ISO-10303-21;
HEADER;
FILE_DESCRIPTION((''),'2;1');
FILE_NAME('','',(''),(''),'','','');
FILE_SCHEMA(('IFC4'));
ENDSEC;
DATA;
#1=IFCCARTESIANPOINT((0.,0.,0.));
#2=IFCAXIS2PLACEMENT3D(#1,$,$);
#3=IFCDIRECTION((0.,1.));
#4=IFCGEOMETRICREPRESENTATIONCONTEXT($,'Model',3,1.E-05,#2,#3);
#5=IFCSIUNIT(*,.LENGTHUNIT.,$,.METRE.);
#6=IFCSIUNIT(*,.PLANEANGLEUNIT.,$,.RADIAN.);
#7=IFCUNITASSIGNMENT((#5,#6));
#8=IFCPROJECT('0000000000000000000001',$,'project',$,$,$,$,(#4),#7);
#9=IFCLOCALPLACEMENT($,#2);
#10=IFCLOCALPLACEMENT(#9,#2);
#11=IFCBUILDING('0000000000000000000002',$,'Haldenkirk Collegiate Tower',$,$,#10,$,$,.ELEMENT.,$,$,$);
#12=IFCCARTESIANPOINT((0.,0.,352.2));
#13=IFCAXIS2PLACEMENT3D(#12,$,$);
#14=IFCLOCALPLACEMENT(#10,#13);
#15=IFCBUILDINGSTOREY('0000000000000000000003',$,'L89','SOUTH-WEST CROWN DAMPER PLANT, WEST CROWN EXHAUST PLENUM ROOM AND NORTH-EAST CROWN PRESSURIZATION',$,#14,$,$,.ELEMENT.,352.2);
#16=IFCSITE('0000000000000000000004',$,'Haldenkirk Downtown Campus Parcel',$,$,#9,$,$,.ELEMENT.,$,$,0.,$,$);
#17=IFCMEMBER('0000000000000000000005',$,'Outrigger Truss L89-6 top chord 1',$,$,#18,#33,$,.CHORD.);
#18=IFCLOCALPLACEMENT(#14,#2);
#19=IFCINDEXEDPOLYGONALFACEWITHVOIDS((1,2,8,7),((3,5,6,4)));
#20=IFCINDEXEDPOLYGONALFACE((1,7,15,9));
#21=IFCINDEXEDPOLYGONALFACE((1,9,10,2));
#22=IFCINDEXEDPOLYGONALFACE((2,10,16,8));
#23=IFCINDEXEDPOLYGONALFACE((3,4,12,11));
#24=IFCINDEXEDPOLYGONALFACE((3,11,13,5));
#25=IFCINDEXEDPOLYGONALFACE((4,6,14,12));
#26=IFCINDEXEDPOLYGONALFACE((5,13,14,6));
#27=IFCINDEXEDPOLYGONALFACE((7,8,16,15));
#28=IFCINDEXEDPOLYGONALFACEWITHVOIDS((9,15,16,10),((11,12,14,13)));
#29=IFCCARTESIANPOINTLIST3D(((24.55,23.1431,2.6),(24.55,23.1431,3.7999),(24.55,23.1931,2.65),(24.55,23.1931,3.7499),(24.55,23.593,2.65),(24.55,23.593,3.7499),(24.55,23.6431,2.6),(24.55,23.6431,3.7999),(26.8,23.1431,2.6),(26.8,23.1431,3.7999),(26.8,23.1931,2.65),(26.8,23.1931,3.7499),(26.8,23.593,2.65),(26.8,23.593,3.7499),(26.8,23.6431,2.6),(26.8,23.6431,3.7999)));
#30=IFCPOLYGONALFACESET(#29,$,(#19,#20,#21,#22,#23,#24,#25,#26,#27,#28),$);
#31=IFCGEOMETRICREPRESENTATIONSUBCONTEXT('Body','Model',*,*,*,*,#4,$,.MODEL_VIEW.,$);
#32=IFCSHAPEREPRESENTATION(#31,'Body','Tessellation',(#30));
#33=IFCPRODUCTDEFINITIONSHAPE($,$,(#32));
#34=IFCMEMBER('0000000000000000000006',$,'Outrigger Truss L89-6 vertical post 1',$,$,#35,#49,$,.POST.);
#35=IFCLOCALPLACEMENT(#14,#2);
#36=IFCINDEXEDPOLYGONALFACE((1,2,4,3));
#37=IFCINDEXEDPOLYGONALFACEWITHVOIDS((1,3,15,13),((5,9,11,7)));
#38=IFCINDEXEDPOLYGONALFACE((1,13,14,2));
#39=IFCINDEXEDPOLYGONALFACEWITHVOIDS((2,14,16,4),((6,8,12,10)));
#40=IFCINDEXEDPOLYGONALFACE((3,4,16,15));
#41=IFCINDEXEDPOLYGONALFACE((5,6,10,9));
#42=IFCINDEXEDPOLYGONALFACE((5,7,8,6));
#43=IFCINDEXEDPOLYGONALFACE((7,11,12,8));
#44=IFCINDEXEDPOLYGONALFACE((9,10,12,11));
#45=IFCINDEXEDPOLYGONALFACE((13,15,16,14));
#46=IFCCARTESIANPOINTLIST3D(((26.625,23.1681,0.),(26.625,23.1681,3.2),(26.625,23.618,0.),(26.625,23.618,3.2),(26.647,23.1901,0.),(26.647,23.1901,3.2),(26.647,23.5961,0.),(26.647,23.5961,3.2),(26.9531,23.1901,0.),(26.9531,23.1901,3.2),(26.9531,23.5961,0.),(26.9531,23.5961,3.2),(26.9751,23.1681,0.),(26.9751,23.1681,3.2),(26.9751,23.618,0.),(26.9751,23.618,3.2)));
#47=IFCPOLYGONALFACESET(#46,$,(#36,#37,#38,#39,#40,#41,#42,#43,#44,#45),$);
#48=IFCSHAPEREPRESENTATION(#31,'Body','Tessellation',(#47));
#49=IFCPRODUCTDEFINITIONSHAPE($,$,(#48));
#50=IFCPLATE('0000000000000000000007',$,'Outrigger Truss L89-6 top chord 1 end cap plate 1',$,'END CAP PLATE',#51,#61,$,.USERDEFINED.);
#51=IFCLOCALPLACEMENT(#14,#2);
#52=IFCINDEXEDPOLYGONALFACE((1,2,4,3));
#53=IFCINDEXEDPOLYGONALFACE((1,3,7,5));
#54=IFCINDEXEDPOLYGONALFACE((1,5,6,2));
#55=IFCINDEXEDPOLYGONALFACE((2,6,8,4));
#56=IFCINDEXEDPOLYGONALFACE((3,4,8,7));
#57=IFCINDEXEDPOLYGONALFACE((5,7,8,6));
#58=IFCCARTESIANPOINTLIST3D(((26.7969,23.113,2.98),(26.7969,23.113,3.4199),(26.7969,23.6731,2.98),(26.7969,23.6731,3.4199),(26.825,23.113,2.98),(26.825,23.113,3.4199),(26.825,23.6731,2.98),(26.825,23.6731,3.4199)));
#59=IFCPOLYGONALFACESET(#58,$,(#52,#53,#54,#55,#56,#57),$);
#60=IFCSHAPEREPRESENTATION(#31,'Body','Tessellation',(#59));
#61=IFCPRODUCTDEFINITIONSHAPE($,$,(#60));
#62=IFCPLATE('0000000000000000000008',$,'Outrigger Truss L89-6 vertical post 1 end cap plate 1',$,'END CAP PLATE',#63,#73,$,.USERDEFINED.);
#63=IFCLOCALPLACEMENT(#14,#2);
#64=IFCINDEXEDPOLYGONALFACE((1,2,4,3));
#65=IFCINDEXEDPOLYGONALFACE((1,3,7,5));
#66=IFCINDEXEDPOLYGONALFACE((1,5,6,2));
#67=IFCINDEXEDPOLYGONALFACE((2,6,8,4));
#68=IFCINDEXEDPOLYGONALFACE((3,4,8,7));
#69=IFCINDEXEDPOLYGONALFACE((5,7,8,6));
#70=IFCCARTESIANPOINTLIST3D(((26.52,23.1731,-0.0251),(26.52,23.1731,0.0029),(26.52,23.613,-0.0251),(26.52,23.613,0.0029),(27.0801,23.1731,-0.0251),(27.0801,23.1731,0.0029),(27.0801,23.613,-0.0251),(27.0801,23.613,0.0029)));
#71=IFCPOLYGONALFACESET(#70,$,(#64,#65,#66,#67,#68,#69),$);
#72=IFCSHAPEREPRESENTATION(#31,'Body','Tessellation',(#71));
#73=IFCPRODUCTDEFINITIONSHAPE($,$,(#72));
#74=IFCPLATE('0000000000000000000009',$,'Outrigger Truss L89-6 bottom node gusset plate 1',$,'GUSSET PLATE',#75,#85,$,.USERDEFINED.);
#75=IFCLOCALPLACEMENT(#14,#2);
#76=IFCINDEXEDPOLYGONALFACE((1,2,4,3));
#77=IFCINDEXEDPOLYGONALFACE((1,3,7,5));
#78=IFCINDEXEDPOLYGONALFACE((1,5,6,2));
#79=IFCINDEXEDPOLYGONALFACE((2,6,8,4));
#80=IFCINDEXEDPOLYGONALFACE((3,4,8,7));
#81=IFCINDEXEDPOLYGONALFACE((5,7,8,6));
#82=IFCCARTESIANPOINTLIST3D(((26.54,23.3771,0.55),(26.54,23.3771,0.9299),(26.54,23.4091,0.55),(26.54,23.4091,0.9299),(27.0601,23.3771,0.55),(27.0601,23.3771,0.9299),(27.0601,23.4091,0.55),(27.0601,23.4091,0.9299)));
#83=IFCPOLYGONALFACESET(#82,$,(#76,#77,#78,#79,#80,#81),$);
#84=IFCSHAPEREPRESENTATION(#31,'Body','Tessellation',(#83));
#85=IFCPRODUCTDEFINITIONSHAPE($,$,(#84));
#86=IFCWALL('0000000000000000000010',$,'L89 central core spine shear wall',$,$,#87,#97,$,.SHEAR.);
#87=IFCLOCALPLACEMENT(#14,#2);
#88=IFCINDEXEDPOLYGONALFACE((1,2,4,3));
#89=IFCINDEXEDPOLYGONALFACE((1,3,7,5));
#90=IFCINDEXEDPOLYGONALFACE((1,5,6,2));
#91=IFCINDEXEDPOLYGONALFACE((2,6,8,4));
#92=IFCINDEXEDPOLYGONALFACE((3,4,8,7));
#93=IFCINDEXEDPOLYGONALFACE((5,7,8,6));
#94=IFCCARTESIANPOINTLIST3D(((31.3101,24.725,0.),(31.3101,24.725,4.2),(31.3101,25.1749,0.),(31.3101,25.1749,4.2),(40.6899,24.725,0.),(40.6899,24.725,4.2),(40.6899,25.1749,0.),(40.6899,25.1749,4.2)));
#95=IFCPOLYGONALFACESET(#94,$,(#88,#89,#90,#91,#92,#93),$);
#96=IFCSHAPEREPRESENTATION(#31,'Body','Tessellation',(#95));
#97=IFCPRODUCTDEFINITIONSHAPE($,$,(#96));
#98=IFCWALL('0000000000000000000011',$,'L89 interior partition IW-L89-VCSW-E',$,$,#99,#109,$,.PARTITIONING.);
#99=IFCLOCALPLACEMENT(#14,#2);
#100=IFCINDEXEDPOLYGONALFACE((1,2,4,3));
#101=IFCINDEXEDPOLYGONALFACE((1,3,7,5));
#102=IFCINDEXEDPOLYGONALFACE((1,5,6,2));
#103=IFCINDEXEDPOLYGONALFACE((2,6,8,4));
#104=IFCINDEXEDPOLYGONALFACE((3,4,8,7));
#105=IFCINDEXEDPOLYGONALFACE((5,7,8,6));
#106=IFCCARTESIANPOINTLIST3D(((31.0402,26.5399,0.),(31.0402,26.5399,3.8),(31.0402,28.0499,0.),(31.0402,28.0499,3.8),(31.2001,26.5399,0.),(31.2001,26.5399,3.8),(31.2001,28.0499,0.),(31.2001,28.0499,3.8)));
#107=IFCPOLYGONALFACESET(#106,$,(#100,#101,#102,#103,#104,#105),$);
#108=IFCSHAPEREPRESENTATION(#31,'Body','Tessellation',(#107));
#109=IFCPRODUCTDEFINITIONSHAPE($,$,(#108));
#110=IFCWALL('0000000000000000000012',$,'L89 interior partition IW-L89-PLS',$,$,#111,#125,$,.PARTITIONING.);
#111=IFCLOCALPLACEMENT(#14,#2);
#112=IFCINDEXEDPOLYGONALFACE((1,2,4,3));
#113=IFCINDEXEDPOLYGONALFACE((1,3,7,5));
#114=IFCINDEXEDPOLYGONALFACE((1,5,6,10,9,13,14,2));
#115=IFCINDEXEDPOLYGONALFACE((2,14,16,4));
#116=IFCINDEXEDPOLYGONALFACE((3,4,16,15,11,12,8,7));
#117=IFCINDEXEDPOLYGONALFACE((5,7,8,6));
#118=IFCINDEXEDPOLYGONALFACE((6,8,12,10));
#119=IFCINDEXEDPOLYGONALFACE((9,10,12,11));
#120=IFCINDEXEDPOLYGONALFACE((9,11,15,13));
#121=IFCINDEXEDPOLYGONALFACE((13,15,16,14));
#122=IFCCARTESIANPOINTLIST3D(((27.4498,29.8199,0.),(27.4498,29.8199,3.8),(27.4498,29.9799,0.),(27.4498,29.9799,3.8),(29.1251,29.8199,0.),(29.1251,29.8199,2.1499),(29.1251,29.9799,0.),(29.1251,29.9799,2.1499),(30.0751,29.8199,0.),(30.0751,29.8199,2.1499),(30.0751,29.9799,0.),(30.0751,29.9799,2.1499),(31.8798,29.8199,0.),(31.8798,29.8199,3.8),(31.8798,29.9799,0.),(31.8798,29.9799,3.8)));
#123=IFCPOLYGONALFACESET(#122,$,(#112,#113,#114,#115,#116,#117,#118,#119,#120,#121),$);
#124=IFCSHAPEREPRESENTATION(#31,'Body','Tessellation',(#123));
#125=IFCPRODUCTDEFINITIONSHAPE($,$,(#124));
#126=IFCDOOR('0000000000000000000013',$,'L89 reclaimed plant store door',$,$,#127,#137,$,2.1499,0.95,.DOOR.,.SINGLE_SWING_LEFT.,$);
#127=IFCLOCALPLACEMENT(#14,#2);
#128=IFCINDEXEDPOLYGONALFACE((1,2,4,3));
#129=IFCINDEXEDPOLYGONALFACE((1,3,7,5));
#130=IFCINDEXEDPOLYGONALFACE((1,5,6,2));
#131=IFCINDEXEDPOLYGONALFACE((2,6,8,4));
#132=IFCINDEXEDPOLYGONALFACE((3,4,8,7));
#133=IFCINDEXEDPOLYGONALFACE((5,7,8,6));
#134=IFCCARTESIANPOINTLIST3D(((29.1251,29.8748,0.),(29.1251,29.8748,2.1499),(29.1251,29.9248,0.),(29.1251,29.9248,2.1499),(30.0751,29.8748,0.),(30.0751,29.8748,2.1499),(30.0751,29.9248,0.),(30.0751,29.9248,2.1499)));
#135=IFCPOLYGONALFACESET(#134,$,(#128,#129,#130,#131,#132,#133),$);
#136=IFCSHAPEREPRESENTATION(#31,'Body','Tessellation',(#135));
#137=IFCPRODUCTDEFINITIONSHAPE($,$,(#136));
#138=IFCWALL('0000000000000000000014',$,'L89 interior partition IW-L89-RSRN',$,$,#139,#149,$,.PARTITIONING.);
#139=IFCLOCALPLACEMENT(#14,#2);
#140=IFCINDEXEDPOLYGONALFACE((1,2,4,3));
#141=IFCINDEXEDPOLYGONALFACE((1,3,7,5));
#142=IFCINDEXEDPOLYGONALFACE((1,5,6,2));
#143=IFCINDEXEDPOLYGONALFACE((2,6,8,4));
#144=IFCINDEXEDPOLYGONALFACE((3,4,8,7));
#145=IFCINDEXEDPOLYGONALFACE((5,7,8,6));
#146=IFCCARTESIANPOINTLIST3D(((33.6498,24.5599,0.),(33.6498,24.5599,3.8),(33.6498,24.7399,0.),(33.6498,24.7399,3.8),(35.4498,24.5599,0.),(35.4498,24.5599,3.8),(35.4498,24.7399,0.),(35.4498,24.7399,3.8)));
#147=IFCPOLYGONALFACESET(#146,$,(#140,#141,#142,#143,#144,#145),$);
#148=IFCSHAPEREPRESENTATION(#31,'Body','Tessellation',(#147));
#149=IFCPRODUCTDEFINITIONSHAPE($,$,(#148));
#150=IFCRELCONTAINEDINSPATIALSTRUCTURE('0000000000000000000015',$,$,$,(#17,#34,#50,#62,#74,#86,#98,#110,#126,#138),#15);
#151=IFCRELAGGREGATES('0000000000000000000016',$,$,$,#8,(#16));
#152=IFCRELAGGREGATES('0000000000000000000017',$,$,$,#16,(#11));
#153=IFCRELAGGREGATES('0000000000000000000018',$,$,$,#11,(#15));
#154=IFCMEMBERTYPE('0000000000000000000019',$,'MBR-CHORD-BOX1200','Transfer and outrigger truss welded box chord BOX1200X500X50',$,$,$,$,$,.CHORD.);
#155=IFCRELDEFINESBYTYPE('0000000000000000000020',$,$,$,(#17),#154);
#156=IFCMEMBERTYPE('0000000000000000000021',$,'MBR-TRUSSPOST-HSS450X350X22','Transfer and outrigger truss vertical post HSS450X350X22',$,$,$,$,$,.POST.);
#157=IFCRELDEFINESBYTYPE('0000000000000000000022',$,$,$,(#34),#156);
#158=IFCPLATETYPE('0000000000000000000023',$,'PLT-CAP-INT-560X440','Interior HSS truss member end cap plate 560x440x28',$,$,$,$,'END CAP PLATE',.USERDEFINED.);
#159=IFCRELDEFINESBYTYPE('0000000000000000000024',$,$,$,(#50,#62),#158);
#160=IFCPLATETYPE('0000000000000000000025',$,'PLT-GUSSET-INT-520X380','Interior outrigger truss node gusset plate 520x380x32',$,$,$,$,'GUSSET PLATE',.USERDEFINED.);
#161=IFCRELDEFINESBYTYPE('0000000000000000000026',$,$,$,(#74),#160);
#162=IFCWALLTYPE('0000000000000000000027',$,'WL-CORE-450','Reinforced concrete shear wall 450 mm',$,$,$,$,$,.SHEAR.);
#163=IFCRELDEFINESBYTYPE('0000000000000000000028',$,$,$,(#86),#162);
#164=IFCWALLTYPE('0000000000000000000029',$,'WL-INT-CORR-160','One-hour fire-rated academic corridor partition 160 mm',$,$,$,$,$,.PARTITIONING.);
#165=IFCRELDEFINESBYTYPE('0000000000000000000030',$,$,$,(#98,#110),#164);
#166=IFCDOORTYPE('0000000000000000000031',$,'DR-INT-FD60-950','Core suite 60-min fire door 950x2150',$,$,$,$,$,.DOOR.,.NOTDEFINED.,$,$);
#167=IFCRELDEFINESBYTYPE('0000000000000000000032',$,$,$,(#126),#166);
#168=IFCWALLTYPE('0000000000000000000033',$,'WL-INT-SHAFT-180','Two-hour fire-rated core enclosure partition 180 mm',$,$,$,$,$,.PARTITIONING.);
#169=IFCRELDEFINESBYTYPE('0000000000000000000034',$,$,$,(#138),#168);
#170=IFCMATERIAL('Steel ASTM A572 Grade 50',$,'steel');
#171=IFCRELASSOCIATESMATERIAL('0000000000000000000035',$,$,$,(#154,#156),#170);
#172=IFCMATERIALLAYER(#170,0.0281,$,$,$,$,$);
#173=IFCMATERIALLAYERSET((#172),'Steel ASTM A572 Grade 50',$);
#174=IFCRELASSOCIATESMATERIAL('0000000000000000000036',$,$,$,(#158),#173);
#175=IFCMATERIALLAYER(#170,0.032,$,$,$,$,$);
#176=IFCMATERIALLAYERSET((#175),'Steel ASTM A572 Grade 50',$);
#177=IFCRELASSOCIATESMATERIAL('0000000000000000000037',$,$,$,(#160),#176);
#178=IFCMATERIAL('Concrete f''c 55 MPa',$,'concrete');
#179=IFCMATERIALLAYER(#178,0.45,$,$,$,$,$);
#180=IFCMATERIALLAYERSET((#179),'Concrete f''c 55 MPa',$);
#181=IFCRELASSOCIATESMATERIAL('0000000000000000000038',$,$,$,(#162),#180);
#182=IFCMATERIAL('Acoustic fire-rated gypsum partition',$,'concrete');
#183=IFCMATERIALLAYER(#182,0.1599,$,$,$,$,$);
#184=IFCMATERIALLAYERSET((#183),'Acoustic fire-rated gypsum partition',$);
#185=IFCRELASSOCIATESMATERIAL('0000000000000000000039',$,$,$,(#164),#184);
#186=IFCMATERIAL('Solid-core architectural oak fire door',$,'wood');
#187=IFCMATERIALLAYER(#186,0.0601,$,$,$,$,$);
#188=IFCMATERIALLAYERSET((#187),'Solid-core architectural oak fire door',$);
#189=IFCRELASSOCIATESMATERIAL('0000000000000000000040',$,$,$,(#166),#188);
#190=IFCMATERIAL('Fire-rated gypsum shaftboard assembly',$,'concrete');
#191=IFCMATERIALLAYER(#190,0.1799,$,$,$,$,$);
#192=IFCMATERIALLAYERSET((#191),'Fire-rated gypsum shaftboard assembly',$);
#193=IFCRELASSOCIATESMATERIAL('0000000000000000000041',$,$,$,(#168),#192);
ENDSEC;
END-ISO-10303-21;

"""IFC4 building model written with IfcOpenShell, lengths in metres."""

from ifc_helpers import new_model, si_unit, direction, frame, frame_2d, origin, origin_2d, place, context, subcontext, project, spatial, rectangle, hollow_rectangle, extrude, source, transform, mapped, material, layer, layer_set, material_profile, profile_set, type_object, element, fill, save


model = new_model("IFC4")

# Units and contexts
model_context = context("Model", 3, precision=1e-05, world=origin(), true_north=direction((0.0, 1.0)))
body_context = subcontext(model_context, "Body", "Model", "MODEL_VIEW")
ifc_project = project(units=[si_unit("LENGTHUNIT", "METRE"), si_unit("PLANEANGLEUNIT", "RADIAN")], contexts=[model_context])

# Site, building, storey
site_placement = place(None, origin())
site = spatial("IfcSite", under=ifc_project, at=site_placement, Name="Haldenkirk Downtown Campus Parcel", CompositionType="ELEMENT", RefElevation=0.0)
building_placement = place(site_placement, origin())
building = spatial("IfcBuilding", under=site, at=building_placement, Name="Haldenkirk Collegiate Tower", CompositionType="ELEMENT")
storey_placement = place(building_placement, frame((0.0, 0.0, 352.2)))
storey = spatial("IfcBuildingStorey", under=building, at=storey_placement, Name="L89", Description="SOUTH-WEST CROWN DAMPER PLANT, WEST CROWN EXHAUST PLENUM ROOM AND NORTH-EAST CROWN PRESSURIZATION", CompositionType="ELEMENT", Elevation=352.2)

# Members
ifc_material_1 = material(Name="Steel ASTM A572 Grade 50", Category="steel")
ifc_material_profile_1 = material_profile(ifc_material_1, hollow_rectangle(XDim=0.5, YDim=1.2, WallThickness=0.05, at=origin_2d()), Name="BOX1200X500X50")
ifc_profile_set_1 = profile_set([ifc_material_profile_1], Name="Steel ASTM A572 Grade 50")
member_type_1 = type_object("IfcMemberType", Name="MBR-CHORD-BOX1200", Description="Transfer and outrigger truss welded box chord BOX1200X500X50", PredefinedType="CHORD", material=ifc_profile_set_1)
member_1_placement = place(storey_placement, frame((26.8, 23.3931, 3.2), z_axis=(-1.0, 0.0, 0.0), x_axis=(0.0, -1.0, 0.0)))
element("IfcMember", 1, at=member_1_placement, inside=storey, type_object=member_type_1, Name="Outrigger Truss L89-6 top chord 1", PredefinedType="CHORD", context=body_context, shape_type="SweptSolid", body=[
    extrude(hollow_rectangle(XDim=0.5, YDim=1.2, WallThickness=0.05, at=origin_2d()), origin(), (0.0, 0.0, 1.0), 2.25),
])
ifc_material_profile_2 = material_profile(ifc_material_1, hollow_rectangle(XDim=0.3501, YDim=0.45, WallThickness=0.022, at=origin_2d()), Name="HSS450X350X22")
ifc_profile_set_2 = profile_set([ifc_material_profile_2], Name="Steel ASTM A572 Grade 50")
member_type_2 = type_object("IfcMemberType", Name="MBR-TRUSSPOST-HSS450X350X22", Description="Transfer and outrigger truss vertical post HSS450X350X22", PredefinedType="POST", material=ifc_profile_set_2)
member_2_placement = place(storey_placement, frame((26.8, 23.3931, 0.0), z_axis=(0.0, 0.0, 1.0), x_axis=(1.0, 0.0, 0.0)))
element("IfcMember", 2, at=member_2_placement, inside=storey, type_object=member_type_2, Name="Outrigger Truss L89-6 vertical post 1", PredefinedType="POST", context=body_context, shape_type="SweptSolid", body=[
    extrude(hollow_rectangle(XDim=0.3501, YDim=0.45, WallThickness=0.022, at=origin_2d()), origin(), (0.0, 0.0, 1.0), 3.2),
])

# Plates
ifc_layer_1 = layer(ifc_material_1, 0.0281)
ifc_layer_set_1 = layer_set([ifc_layer_1], Name="Steel ASTM A572 Grade 50")
plate_type_1 = type_object("IfcPlateType", Name="PLT-CAP-INT-560X440", Description="Interior HSS truss member end cap plate 560x440x28", ElementType="END CAP PLATE", PredefinedType="USERDEFINED", material=ifc_layer_set_1)
shared_shape_1 = source(origin(), body_context, "Body", "SweptSolid", [
    extrude(rectangle(XDim=0.5601, YDim=0.4399, at=origin_2d()), origin(), (0.0, 0.0, 1.0), 0.0281),
])
for number, where, z_axis, x_axis, name in (
    (3, (26.7969, 23.3931, 3.2), (1.0, 0.0, 0.0), (0.0, 1.0, 0.0), "Outrigger Truss L89-6 top chord 1 end cap plate 1"),
    (4, (26.8, 23.3931, 0.0029), (0.0, 0.0, -1.0), (1.0, 0.0, 0.0), "Outrigger Truss L89-6 vertical post 1 end cap plate 1"),
):
    element("IfcPlate", number, at=place(storey_placement, frame(where, z_axis=z_axis, x_axis=x_axis)), inside=storey, type_object=plate_type_1, Name=name, ObjectType="END CAP PLATE", PredefinedType="USERDEFINED", context=body_context, shape_type="MappedRepresentation", body=[
        mapped(shared_shape_1, transform((0.0, 0.0, 0.0), x_axis=(1.0, 0.0, 0.0), y_axis=(0.0, 1.0, 0.0), z_axis=(0.0, 0.0, 1.0), scale=1.0)),
    ])
ifc_layer_2 = layer(ifc_material_1, 0.032)
ifc_layer_set_2 = layer_set([ifc_layer_2], Name="Steel ASTM A572 Grade 50")
plate_type_2 = type_object("IfcPlateType", Name="PLT-GUSSET-INT-520X380", Description="Interior outrigger truss node gusset plate 520x380x32", ElementType="GUSSET PLATE", PredefinedType="USERDEFINED", material=ifc_layer_set_2)
shared_shape_2 = source(origin(), body_context, "Body", "SweptSolid", [
    extrude(rectangle(XDim=0.52, YDim=0.032, at=origin_2d()), origin(), (0.0, 0.0, 1.0), 0.3799),
])
plate_placement = place(storey_placement, frame((26.8, 23.3931, 0.55), z_axis=(0.0, 0.0, 1.0), x_axis=(-1.0, 0.0, 0.0)))
element("IfcPlate", 5, at=plate_placement, inside=storey, type_object=plate_type_2, Name="Outrigger Truss L89-6 bottom node gusset plate 1", ObjectType="GUSSET PLATE", PredefinedType="USERDEFINED", context=body_context, shape_type="MappedRepresentation", body=[
    mapped(shared_shape_2, transform((0.0, 0.0, 0.0), x_axis=(1.0, 0.0, 0.0), y_axis=(0.0, 1.0, 0.0), z_axis=(0.0, 0.0, 1.0), scale=1.0)),
])

# Wall
ifc_material_2 = material(Name="Concrete f'c 55 MPa", Category="concrete")
ifc_layer_3 = layer(ifc_material_2, 0.45)
ifc_layer_set_3 = layer_set([ifc_layer_3], Name="Concrete f'c 55 MPa")
wall_type_1 = type_object("IfcWallType", Name="WL-CORE-450", Description="Reinforced concrete shear wall 450 mm", PredefinedType="SHEAR", material=ifc_layer_set_3)
wall_1_placement = place(storey_placement, frame((31.3101, 24.95, 0.0), z_axis=(0.0, 0.0, 1.0), x_axis=(1.0, 0.0, 0.0)))
element("IfcWall", 6, at=wall_1_placement, inside=storey, type_object=wall_type_1, Name="L89 central core spine shear wall", PredefinedType="SHEAR", context=body_context, shape_type="SweptSolid", body=[
    extrude(rectangle(XDim=9.3799, YDim=0.45, at=frame_2d((4.6899, 0.0))), origin(), (0.0, 0.0, 1.0), 4.2),
])

# Shared definitions
ifc_material_3 = material(Name="Acoustic fire-rated gypsum partition", Category="concrete")
ifc_layer_4 = layer(ifc_material_3, 0.1599)
ifc_layer_set_4 = layer_set([ifc_layer_4], Name="Acoustic fire-rated gypsum partition")
wall_type_2 = type_object("IfcWallType", Name="WL-INT-CORR-160", Description="One-hour fire-rated academic corridor partition 160 mm", PredefinedType="PARTITIONING", material=ifc_layer_set_4)
ifc_material_4 = material(Name="Solid-core architectural oak fire door", Category="wood")
ifc_layer_5 = layer(ifc_material_4, 0.0601)
ifc_layer_set_5 = layer_set([ifc_layer_5], Name="Solid-core architectural oak fire door")
door_type_1 = type_object("IfcDoorType", Name="DR-INT-FD60-950", Description="Core suite 60-min fire door 950x2150", OperationType="NOTDEFINED", PredefinedType="DOOR", material=ifc_layer_set_5)

# Wall
wall_2_placement = place(storey_placement, frame((31.1201, 26.54, 0.0), z_axis=(0.0, 0.0, 1.0), x_axis=(0.0, 1.0, 0.0)))
element("IfcWall", 7, at=wall_2_placement, inside=storey, type_object=wall_type_2, Name="L89 interior partition IW-L89-VCSW-E", PredefinedType="PARTITIONING", context=body_context, shape_type="SweptSolid", body=[
    extrude(rectangle(XDim=1.51, YDim=0.1599, at=frame_2d((0.7549, 0.0))), origin(), (0.0, 0.0, 1.0), 3.8),
])

# Wall, opening, door
wall_3_placement = place(storey_placement, frame((27.45, 29.8999, 0.0), z_axis=(0.0, 0.0, 1.0), x_axis=(1.0, 0.0, 0.0)))
wall_3 = element("IfcWall", 8, at=wall_3_placement, inside=storey, type_object=wall_type_2, Name="L89 interior partition IW-L89-PLS", PredefinedType="PARTITIONING", context=body_context, shape_type="SweptSolid", body=[
    extrude(rectangle(XDim=4.4299, YDim=0.1599, at=frame_2d((2.2148, 0.0))), origin(), (0.0, 0.0, 1.0), 3.8),
])
opening_1_placement = place(wall_3_placement, frame((1.675, 0.0, 0.0)))
opening_1 = element("IfcOpeningElement", 9, at=opening_1_placement, cuts=wall_3, PredefinedType="OPENING", context=body_context, shape_type="SweptSolid", body=[
    extrude(rectangle(XDim=0.95, YDim=2.1499, at=frame_2d((0.4751, 1.075))), frame((0.0, 0.0898, 0.0), z_axis=(0.0, -1.0, 0.0), x_axis=(1.0, 0.0, 0.0)), (0.0, 0.0, 1.0), 0.1799),
])
door_1_placement = place(opening_1_placement, origin())
door_1 = element("IfcDoor", 10, at=door_1_placement, inside=storey, type_object=door_type_1, Name="L89 reclaimed plant store door", OperationType="SINGLE_SWING_LEFT", OverallHeight=2.1499, OverallWidth=0.95, PredefinedType="DOOR", context=body_context, shape_type="SweptSolid", body=[
    extrude(rectangle(XDim=0.95, YDim=2.1499, at=frame_2d((0.4751, 1.075))), frame((0.0, 0.0249, 0.0), z_axis=(0.0, -1.0, 0.0), x_axis=(1.0, 0.0, 0.0)), (0.0, 0.0, 1.0), 0.05),
])
fill(opening_1, door_1)

# Wall
ifc_material_5 = material(Name="Fire-rated gypsum shaftboard assembly", Category="concrete")
ifc_layer_6 = layer(ifc_material_5, 0.1799)
ifc_layer_set_6 = layer_set([ifc_layer_6], Name="Fire-rated gypsum shaftboard assembly")
wall_type_3 = type_object("IfcWallType", Name="WL-INT-SHAFT-180", Description="Two-hour fire-rated core enclosure partition 180 mm", PredefinedType="PARTITIONING", material=ifc_layer_set_6)
wall_4_placement = place(storey_placement, frame((33.6499, 24.6499, 0.0), z_axis=(0.0, 0.0, 1.0), x_axis=(1.0, 0.0, 0.0)))
element("IfcWall", 11, at=wall_4_placement, inside=storey, type_object=wall_type_3, Name="L89 interior partition IW-L89-RSRN", PredefinedType="PARTITIONING", context=body_context, shape_type="SweptSolid", body=[
    extrude(rectangle(XDim=1.8, YDim=0.1799, at=frame_2d((0.8999, 0.0))), origin(), (0.0, 0.0, 1.0), 3.8),
])

save(model, "model.ifc")
